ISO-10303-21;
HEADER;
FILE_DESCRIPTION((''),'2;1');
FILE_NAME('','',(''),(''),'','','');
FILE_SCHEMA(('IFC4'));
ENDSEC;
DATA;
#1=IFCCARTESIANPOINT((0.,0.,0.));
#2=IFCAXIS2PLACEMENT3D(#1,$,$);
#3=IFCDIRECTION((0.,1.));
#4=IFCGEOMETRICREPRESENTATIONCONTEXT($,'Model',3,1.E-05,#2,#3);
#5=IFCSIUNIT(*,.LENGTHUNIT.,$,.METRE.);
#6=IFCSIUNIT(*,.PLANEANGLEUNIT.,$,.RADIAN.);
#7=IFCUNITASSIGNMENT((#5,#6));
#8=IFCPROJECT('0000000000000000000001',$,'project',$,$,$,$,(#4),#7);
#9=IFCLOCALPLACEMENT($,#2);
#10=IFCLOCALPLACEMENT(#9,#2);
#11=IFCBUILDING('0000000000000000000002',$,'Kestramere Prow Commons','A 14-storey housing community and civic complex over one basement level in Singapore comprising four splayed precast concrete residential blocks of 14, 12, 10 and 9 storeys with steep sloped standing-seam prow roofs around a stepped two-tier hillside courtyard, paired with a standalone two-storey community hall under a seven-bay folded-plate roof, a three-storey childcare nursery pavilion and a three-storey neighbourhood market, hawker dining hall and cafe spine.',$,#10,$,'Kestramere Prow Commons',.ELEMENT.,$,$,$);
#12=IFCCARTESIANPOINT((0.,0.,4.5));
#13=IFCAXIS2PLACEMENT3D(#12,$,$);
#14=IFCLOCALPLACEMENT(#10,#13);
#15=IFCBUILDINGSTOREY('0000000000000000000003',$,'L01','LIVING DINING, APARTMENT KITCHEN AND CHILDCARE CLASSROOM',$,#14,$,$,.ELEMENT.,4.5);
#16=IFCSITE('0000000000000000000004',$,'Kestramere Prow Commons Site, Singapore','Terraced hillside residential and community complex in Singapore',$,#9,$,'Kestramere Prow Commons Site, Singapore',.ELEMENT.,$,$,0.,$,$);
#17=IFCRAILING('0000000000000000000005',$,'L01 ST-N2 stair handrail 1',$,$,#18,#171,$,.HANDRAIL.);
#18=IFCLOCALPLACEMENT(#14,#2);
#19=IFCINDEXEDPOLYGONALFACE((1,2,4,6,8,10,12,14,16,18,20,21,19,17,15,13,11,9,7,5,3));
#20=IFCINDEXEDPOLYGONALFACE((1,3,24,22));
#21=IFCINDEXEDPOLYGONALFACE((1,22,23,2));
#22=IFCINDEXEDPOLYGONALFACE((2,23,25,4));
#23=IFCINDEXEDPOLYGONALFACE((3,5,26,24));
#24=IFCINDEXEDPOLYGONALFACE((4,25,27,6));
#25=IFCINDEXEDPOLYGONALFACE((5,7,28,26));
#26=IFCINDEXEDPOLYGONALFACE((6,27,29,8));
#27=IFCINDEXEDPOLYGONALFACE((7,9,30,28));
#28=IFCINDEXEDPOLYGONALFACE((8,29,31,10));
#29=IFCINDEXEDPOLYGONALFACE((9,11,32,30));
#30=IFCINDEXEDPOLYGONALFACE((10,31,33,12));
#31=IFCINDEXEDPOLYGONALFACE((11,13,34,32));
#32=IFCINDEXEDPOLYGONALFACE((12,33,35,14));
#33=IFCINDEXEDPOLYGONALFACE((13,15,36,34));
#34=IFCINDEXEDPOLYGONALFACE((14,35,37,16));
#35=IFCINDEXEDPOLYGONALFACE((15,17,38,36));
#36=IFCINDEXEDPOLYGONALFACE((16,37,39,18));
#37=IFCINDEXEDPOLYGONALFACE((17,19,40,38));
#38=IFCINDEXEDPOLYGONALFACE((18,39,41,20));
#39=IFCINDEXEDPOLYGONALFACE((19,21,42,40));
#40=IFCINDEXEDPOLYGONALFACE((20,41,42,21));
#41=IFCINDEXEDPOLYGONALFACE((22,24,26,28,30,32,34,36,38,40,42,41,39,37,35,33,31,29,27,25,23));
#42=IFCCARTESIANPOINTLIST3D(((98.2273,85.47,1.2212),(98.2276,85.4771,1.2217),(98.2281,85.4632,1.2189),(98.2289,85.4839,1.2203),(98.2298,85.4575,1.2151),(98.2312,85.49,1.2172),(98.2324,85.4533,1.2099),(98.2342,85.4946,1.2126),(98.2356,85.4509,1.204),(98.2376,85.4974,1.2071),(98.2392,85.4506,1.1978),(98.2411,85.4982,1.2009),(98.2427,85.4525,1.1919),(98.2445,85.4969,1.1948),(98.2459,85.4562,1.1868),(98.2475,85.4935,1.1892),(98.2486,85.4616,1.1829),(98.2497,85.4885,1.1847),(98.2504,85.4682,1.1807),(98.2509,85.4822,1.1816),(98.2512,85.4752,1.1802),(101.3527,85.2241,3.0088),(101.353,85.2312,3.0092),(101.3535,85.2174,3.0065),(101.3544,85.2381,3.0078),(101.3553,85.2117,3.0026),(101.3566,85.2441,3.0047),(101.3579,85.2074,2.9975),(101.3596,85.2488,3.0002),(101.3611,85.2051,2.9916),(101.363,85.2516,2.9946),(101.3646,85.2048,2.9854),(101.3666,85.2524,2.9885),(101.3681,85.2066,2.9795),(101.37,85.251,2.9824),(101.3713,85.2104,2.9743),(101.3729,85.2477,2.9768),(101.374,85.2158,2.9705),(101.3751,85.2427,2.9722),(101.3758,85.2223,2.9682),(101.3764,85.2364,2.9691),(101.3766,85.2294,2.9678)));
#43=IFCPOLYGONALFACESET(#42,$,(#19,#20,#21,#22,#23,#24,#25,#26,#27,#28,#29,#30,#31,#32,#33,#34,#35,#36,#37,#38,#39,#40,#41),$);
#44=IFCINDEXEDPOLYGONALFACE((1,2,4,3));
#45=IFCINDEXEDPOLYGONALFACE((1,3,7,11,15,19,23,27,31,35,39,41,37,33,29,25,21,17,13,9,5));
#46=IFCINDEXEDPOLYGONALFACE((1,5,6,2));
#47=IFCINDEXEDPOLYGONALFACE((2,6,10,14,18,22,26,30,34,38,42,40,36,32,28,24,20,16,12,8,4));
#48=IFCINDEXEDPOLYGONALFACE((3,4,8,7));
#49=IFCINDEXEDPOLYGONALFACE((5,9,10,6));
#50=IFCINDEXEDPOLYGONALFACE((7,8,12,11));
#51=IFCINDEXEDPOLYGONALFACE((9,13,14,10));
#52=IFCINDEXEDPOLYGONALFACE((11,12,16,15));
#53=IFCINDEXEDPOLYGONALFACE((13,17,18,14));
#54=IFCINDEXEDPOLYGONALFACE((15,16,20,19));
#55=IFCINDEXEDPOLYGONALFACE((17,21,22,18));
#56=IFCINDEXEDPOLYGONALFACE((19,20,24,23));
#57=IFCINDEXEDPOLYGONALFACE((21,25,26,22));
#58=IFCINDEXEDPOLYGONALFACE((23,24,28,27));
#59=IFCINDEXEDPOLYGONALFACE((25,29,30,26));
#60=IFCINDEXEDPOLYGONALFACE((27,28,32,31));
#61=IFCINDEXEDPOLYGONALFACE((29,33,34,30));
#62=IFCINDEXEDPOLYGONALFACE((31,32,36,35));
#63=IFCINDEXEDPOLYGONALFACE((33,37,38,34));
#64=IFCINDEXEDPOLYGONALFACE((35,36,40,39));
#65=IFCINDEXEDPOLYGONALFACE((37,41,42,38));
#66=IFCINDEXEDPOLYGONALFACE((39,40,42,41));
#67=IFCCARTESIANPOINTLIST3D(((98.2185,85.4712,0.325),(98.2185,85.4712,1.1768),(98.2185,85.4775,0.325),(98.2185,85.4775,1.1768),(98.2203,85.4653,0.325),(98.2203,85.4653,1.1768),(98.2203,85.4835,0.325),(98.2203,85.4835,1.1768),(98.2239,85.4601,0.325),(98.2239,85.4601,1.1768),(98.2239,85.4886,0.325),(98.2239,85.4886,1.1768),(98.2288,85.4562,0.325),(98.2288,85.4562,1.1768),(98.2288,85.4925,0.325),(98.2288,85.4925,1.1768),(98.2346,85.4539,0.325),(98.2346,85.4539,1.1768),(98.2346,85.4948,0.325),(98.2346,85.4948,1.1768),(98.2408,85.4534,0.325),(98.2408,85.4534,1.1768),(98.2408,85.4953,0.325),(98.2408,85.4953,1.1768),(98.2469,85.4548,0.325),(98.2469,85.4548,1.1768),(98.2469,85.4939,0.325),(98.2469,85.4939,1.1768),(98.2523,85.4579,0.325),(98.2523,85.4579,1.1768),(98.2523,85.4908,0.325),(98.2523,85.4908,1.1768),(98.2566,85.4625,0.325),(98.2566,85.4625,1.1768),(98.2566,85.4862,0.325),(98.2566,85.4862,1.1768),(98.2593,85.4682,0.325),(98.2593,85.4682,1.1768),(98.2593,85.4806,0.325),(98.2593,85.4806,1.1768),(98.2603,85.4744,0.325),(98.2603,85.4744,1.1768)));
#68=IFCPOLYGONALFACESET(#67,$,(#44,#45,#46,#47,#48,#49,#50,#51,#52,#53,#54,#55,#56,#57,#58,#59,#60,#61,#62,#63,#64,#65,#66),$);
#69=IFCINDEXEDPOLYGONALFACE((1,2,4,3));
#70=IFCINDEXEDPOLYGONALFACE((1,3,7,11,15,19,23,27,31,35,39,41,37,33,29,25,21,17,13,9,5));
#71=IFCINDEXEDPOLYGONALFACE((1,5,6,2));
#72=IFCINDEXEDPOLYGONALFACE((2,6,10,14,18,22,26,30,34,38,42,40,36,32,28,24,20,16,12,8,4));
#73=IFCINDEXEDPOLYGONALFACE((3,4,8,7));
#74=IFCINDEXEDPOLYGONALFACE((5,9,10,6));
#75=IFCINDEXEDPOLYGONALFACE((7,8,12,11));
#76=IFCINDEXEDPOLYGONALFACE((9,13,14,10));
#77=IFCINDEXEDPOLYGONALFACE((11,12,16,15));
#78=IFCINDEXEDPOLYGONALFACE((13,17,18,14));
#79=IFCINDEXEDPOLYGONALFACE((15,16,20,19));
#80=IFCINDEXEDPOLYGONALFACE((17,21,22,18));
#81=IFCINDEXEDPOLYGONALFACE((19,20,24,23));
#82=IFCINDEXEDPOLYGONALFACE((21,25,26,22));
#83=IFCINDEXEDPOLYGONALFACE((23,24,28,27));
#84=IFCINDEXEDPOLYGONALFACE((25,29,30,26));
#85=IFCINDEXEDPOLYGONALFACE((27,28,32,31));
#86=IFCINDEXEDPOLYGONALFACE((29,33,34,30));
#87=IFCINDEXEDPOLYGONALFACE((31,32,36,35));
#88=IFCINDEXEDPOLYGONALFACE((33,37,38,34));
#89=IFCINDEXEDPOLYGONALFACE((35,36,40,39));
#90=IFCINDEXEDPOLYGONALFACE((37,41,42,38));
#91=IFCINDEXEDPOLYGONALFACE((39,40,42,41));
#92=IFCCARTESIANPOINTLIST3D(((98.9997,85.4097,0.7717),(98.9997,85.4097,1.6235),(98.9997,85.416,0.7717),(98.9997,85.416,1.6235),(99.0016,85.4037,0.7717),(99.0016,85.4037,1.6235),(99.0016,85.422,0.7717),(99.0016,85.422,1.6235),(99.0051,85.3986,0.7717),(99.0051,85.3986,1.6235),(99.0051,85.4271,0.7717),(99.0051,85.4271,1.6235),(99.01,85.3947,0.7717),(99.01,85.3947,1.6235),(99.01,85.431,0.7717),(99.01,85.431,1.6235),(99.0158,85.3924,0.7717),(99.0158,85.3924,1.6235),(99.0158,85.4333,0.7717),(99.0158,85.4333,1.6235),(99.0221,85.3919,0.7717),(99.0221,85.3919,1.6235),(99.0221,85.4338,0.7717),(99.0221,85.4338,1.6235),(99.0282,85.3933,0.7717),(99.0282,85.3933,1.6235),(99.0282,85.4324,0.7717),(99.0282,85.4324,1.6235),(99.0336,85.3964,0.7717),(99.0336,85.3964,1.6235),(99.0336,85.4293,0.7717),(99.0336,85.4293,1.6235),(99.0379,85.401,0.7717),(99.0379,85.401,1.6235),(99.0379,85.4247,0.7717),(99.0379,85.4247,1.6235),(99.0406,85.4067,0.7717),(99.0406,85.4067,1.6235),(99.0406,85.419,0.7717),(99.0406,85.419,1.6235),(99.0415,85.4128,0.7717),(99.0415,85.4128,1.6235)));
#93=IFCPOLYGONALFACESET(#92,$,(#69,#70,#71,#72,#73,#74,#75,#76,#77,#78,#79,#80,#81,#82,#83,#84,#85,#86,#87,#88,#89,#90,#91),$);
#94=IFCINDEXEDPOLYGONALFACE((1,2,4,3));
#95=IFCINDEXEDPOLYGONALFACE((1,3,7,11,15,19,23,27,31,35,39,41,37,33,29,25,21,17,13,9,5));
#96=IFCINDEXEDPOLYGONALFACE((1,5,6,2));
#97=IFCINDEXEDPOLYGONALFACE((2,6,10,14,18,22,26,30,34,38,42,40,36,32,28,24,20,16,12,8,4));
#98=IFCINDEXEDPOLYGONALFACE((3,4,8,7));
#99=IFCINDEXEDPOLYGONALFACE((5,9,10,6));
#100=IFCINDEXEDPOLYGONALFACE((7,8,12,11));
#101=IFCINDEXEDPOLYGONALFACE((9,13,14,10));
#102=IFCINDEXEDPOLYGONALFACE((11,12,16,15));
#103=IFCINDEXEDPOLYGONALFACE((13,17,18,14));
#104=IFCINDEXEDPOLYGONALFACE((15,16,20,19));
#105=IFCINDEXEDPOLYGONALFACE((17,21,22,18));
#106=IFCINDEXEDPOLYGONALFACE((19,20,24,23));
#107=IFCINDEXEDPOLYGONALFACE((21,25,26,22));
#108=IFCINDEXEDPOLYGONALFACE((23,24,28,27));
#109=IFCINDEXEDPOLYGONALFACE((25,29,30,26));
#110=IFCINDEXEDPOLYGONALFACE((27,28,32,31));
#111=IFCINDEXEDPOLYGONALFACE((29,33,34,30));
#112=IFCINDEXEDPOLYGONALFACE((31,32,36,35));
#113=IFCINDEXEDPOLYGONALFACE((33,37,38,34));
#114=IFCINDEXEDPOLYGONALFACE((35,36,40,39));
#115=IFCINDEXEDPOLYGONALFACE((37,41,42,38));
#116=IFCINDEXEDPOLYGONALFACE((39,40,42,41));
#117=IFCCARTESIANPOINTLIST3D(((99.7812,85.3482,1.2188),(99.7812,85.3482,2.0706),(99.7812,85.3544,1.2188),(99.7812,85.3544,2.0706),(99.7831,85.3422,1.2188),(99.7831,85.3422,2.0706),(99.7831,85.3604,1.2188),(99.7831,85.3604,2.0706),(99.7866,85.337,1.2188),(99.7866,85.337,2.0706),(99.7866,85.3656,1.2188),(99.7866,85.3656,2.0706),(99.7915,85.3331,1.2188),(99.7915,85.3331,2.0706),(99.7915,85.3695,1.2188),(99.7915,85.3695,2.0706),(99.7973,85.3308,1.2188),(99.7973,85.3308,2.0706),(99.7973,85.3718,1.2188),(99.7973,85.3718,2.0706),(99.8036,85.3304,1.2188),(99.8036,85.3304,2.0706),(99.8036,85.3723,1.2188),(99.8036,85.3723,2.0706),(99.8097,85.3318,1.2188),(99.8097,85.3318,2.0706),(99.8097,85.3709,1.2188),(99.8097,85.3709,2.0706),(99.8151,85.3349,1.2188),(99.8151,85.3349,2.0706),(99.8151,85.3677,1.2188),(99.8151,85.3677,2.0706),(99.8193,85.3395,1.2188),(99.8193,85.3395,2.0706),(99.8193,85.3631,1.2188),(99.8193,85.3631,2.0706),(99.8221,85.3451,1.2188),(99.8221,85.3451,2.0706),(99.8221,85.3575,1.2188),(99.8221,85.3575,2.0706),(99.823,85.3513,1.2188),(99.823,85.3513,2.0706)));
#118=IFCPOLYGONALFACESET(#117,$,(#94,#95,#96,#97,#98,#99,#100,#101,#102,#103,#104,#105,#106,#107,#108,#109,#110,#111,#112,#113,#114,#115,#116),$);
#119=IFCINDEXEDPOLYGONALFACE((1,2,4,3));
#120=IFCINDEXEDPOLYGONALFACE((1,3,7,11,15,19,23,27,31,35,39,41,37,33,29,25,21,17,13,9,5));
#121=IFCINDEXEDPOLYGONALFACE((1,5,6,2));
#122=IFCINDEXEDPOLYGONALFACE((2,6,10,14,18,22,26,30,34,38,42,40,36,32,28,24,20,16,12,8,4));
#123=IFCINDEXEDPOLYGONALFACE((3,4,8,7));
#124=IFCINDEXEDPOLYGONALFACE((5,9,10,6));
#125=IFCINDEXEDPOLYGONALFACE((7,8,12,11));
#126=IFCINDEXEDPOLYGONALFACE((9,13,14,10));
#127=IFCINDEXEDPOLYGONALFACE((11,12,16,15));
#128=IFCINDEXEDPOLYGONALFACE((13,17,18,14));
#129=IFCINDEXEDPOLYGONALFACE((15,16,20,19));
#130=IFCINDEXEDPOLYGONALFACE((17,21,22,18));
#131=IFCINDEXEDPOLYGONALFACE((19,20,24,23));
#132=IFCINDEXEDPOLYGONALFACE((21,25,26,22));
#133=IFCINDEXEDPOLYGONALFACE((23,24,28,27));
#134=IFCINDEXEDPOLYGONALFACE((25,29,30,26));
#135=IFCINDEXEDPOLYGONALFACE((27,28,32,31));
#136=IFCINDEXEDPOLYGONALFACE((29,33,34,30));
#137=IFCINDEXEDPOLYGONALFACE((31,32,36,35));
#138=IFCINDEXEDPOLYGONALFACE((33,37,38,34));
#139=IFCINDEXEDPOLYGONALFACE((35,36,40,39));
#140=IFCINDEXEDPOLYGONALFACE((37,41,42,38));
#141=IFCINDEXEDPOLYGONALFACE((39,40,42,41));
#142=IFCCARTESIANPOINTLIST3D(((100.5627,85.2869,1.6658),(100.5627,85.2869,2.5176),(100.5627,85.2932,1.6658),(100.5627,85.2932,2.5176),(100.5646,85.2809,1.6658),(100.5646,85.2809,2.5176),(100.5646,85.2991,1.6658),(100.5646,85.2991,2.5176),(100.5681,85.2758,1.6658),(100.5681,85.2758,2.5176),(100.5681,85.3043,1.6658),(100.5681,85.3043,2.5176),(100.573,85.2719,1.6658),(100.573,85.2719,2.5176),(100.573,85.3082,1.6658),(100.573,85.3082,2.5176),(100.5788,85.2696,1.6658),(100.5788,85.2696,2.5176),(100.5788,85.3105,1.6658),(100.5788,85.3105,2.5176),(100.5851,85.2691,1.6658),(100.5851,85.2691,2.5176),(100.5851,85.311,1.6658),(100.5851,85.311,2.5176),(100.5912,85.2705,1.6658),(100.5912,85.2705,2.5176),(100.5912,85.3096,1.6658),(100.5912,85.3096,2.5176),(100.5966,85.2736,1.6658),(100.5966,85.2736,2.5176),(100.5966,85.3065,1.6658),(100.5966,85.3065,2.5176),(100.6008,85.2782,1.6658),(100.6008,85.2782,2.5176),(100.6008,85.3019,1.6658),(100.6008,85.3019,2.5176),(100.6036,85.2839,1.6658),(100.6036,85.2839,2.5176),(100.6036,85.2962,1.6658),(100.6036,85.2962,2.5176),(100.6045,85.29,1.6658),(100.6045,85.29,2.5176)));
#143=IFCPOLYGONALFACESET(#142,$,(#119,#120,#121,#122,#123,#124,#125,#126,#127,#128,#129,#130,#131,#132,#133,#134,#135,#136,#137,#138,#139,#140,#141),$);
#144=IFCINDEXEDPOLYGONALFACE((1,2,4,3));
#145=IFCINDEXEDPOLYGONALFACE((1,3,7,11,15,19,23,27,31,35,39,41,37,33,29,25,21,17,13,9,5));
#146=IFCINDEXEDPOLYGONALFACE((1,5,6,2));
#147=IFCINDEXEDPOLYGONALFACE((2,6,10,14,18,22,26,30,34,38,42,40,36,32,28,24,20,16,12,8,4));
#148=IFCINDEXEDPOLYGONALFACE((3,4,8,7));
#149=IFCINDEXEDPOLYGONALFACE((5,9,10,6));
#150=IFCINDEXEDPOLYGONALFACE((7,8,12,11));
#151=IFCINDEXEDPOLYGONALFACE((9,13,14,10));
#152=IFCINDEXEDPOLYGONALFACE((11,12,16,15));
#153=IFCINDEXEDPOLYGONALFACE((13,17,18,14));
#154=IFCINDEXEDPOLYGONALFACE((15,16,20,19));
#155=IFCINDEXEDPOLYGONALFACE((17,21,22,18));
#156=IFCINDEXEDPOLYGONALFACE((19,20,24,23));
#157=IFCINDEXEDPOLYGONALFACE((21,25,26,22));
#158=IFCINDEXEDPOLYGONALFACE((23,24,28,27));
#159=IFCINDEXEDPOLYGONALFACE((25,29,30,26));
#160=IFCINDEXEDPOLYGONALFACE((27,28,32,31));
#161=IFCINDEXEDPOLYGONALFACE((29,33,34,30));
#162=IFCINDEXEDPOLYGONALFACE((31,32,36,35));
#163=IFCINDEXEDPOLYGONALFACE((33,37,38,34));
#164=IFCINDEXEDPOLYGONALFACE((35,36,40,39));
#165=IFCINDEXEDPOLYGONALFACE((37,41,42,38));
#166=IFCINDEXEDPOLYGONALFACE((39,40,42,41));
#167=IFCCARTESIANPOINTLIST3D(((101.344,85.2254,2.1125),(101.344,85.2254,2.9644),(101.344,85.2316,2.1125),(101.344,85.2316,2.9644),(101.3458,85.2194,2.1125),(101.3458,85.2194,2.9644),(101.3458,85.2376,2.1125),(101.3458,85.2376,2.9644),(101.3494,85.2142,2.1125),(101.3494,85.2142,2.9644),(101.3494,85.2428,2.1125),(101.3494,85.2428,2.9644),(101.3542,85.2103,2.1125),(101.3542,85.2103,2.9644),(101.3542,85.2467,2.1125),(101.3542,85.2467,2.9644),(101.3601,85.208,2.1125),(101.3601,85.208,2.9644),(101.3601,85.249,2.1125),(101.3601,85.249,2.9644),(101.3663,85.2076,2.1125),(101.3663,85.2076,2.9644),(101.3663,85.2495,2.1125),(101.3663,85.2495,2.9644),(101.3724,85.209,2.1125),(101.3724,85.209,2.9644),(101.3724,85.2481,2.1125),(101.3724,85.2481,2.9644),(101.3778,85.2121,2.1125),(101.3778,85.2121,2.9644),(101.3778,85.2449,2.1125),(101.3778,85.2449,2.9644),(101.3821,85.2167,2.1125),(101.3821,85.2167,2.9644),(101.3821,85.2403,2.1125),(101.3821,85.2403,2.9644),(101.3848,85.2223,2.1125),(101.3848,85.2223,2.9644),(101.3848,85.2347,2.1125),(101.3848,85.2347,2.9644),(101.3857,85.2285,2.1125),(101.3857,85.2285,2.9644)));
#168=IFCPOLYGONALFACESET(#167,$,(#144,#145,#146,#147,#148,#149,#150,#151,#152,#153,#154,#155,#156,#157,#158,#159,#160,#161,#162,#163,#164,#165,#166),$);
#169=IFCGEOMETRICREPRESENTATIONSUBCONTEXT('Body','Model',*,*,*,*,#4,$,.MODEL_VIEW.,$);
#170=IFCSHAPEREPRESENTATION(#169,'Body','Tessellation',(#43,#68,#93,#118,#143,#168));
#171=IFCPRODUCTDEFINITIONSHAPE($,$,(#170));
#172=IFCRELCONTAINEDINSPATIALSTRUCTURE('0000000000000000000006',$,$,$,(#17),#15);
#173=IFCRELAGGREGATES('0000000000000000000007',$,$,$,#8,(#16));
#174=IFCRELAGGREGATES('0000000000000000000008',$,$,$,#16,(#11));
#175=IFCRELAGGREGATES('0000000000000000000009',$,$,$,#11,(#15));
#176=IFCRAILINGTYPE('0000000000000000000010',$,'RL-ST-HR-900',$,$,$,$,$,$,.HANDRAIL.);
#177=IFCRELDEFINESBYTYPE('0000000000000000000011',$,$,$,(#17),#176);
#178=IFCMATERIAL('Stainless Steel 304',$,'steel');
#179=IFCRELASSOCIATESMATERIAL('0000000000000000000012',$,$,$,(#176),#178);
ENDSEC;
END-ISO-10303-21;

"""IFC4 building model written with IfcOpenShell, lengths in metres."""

from ifc_helpers import new_model, si_unit, direction, frame, origin, origin_2d, place, context, subcontext, project, spatial, circle, extrude, material, type_object, element, save


model = new_model("IFC4")

# Units and contexts
model_context = context("Model", 3, precision=1e-05, world=origin(), true_north=direction((0.0, 1.0)))
body_context = subcontext(model_context, "Body", "Model", "MODEL_VIEW")
ifc_project = project(units=[si_unit("LENGTHUNIT", "METRE"), si_unit("PLANEANGLEUNIT", "RADIAN")], contexts=[model_context])

# Site, building, storey
site_placement = place(None, origin())
site = spatial("IfcSite", under=ifc_project, at=site_placement, Name="Kestramere Prow Commons Site, Singapore", Description="Terraced hillside residential and community complex in Singapore", LongName="Kestramere Prow Commons Site, Singapore", CompositionType="ELEMENT", RefElevation=0.0)
building_placement = place(site_placement, origin())
building = spatial("IfcBuilding", under=site, at=building_placement, Name="Kestramere Prow Commons", Description="A 14-storey housing community and civic complex over one basement level in Singapore comprising four splayed precast concrete residential blocks of 14, 12, 10 and 9 storeys with steep sloped standing-seam prow roofs around a stepped two-tier hillside courtyard, paired with a standalone two-storey community hall under a seven-bay folded-plate roof, a three-storey childcare nursery pavilion and a three-storey neighbourhood market, hawker dining hall and cafe spine.", LongName="Kestramere Prow Commons", CompositionType="ELEMENT")
storey_placement = place(building_placement, frame((0.0, 0.0, 4.5)))
storey = spatial("IfcBuildingStorey", under=building, at=storey_placement, Name="L01", Description="LIVING DINING, APARTMENT KITCHEN AND CHILDCARE CLASSROOM", CompositionType="ELEMENT", Elevation=4.5)

# Railing
ifc_material_1 = material(Name="Stainless Steel 304", Category="steel")
railing_type_1 = type_object("IfcRailingType", Name="RL-ST-HR-900", PredefinedType="HANDRAIL", material=ifc_material_1)
railing_1_placement = place(storey_placement, frame((98.2393, 85.4744, 0.325)))
element("IfcRailing", 1, at=railing_1_placement, inside=storey, type_object=railing_type_1, Name="L01 ST-N2 stair handrail 1", PredefinedType="HANDRAIL", context=body_context, shape_type="SweptSolid", body=[
    extrude(circle(Radius=0.0239, at=origin_2d()), frame((0.0, 0.0, 0.876), z_axis=(0.866035, -0.068122, 0.495321), x_axis=(0.078417, 0.996921, 0.0)), (0.0, 0.0, 1.0), 3.6089),
    extrude(circle(Radius=0.021, at=origin_2d()), origin(), (0.0, 0.0, 1.0), 0.8518),
    extrude(circle(Radius=0.021, at=origin_2d()), frame((0.7812, -0.0615, 0.4468)), (0.0, 0.0, 1.0), 0.8518),
    extrude(circle(Radius=0.021, at=origin_2d()), frame((1.5627, -0.123, 0.8938)), (0.0, 0.0, 1.0), 0.8518),
    extrude(circle(Radius=0.021, at=origin_2d()), frame((2.3442, -0.1843, 1.3408)), (0.0, 0.0, 1.0), 0.8518),
    extrude(circle(Radius=0.021, at=origin_2d()), frame((3.1255, -0.2458, 1.7876)), (0.0, 0.0, 1.0), 0.8518),
])

save(model, "model.ifc")
